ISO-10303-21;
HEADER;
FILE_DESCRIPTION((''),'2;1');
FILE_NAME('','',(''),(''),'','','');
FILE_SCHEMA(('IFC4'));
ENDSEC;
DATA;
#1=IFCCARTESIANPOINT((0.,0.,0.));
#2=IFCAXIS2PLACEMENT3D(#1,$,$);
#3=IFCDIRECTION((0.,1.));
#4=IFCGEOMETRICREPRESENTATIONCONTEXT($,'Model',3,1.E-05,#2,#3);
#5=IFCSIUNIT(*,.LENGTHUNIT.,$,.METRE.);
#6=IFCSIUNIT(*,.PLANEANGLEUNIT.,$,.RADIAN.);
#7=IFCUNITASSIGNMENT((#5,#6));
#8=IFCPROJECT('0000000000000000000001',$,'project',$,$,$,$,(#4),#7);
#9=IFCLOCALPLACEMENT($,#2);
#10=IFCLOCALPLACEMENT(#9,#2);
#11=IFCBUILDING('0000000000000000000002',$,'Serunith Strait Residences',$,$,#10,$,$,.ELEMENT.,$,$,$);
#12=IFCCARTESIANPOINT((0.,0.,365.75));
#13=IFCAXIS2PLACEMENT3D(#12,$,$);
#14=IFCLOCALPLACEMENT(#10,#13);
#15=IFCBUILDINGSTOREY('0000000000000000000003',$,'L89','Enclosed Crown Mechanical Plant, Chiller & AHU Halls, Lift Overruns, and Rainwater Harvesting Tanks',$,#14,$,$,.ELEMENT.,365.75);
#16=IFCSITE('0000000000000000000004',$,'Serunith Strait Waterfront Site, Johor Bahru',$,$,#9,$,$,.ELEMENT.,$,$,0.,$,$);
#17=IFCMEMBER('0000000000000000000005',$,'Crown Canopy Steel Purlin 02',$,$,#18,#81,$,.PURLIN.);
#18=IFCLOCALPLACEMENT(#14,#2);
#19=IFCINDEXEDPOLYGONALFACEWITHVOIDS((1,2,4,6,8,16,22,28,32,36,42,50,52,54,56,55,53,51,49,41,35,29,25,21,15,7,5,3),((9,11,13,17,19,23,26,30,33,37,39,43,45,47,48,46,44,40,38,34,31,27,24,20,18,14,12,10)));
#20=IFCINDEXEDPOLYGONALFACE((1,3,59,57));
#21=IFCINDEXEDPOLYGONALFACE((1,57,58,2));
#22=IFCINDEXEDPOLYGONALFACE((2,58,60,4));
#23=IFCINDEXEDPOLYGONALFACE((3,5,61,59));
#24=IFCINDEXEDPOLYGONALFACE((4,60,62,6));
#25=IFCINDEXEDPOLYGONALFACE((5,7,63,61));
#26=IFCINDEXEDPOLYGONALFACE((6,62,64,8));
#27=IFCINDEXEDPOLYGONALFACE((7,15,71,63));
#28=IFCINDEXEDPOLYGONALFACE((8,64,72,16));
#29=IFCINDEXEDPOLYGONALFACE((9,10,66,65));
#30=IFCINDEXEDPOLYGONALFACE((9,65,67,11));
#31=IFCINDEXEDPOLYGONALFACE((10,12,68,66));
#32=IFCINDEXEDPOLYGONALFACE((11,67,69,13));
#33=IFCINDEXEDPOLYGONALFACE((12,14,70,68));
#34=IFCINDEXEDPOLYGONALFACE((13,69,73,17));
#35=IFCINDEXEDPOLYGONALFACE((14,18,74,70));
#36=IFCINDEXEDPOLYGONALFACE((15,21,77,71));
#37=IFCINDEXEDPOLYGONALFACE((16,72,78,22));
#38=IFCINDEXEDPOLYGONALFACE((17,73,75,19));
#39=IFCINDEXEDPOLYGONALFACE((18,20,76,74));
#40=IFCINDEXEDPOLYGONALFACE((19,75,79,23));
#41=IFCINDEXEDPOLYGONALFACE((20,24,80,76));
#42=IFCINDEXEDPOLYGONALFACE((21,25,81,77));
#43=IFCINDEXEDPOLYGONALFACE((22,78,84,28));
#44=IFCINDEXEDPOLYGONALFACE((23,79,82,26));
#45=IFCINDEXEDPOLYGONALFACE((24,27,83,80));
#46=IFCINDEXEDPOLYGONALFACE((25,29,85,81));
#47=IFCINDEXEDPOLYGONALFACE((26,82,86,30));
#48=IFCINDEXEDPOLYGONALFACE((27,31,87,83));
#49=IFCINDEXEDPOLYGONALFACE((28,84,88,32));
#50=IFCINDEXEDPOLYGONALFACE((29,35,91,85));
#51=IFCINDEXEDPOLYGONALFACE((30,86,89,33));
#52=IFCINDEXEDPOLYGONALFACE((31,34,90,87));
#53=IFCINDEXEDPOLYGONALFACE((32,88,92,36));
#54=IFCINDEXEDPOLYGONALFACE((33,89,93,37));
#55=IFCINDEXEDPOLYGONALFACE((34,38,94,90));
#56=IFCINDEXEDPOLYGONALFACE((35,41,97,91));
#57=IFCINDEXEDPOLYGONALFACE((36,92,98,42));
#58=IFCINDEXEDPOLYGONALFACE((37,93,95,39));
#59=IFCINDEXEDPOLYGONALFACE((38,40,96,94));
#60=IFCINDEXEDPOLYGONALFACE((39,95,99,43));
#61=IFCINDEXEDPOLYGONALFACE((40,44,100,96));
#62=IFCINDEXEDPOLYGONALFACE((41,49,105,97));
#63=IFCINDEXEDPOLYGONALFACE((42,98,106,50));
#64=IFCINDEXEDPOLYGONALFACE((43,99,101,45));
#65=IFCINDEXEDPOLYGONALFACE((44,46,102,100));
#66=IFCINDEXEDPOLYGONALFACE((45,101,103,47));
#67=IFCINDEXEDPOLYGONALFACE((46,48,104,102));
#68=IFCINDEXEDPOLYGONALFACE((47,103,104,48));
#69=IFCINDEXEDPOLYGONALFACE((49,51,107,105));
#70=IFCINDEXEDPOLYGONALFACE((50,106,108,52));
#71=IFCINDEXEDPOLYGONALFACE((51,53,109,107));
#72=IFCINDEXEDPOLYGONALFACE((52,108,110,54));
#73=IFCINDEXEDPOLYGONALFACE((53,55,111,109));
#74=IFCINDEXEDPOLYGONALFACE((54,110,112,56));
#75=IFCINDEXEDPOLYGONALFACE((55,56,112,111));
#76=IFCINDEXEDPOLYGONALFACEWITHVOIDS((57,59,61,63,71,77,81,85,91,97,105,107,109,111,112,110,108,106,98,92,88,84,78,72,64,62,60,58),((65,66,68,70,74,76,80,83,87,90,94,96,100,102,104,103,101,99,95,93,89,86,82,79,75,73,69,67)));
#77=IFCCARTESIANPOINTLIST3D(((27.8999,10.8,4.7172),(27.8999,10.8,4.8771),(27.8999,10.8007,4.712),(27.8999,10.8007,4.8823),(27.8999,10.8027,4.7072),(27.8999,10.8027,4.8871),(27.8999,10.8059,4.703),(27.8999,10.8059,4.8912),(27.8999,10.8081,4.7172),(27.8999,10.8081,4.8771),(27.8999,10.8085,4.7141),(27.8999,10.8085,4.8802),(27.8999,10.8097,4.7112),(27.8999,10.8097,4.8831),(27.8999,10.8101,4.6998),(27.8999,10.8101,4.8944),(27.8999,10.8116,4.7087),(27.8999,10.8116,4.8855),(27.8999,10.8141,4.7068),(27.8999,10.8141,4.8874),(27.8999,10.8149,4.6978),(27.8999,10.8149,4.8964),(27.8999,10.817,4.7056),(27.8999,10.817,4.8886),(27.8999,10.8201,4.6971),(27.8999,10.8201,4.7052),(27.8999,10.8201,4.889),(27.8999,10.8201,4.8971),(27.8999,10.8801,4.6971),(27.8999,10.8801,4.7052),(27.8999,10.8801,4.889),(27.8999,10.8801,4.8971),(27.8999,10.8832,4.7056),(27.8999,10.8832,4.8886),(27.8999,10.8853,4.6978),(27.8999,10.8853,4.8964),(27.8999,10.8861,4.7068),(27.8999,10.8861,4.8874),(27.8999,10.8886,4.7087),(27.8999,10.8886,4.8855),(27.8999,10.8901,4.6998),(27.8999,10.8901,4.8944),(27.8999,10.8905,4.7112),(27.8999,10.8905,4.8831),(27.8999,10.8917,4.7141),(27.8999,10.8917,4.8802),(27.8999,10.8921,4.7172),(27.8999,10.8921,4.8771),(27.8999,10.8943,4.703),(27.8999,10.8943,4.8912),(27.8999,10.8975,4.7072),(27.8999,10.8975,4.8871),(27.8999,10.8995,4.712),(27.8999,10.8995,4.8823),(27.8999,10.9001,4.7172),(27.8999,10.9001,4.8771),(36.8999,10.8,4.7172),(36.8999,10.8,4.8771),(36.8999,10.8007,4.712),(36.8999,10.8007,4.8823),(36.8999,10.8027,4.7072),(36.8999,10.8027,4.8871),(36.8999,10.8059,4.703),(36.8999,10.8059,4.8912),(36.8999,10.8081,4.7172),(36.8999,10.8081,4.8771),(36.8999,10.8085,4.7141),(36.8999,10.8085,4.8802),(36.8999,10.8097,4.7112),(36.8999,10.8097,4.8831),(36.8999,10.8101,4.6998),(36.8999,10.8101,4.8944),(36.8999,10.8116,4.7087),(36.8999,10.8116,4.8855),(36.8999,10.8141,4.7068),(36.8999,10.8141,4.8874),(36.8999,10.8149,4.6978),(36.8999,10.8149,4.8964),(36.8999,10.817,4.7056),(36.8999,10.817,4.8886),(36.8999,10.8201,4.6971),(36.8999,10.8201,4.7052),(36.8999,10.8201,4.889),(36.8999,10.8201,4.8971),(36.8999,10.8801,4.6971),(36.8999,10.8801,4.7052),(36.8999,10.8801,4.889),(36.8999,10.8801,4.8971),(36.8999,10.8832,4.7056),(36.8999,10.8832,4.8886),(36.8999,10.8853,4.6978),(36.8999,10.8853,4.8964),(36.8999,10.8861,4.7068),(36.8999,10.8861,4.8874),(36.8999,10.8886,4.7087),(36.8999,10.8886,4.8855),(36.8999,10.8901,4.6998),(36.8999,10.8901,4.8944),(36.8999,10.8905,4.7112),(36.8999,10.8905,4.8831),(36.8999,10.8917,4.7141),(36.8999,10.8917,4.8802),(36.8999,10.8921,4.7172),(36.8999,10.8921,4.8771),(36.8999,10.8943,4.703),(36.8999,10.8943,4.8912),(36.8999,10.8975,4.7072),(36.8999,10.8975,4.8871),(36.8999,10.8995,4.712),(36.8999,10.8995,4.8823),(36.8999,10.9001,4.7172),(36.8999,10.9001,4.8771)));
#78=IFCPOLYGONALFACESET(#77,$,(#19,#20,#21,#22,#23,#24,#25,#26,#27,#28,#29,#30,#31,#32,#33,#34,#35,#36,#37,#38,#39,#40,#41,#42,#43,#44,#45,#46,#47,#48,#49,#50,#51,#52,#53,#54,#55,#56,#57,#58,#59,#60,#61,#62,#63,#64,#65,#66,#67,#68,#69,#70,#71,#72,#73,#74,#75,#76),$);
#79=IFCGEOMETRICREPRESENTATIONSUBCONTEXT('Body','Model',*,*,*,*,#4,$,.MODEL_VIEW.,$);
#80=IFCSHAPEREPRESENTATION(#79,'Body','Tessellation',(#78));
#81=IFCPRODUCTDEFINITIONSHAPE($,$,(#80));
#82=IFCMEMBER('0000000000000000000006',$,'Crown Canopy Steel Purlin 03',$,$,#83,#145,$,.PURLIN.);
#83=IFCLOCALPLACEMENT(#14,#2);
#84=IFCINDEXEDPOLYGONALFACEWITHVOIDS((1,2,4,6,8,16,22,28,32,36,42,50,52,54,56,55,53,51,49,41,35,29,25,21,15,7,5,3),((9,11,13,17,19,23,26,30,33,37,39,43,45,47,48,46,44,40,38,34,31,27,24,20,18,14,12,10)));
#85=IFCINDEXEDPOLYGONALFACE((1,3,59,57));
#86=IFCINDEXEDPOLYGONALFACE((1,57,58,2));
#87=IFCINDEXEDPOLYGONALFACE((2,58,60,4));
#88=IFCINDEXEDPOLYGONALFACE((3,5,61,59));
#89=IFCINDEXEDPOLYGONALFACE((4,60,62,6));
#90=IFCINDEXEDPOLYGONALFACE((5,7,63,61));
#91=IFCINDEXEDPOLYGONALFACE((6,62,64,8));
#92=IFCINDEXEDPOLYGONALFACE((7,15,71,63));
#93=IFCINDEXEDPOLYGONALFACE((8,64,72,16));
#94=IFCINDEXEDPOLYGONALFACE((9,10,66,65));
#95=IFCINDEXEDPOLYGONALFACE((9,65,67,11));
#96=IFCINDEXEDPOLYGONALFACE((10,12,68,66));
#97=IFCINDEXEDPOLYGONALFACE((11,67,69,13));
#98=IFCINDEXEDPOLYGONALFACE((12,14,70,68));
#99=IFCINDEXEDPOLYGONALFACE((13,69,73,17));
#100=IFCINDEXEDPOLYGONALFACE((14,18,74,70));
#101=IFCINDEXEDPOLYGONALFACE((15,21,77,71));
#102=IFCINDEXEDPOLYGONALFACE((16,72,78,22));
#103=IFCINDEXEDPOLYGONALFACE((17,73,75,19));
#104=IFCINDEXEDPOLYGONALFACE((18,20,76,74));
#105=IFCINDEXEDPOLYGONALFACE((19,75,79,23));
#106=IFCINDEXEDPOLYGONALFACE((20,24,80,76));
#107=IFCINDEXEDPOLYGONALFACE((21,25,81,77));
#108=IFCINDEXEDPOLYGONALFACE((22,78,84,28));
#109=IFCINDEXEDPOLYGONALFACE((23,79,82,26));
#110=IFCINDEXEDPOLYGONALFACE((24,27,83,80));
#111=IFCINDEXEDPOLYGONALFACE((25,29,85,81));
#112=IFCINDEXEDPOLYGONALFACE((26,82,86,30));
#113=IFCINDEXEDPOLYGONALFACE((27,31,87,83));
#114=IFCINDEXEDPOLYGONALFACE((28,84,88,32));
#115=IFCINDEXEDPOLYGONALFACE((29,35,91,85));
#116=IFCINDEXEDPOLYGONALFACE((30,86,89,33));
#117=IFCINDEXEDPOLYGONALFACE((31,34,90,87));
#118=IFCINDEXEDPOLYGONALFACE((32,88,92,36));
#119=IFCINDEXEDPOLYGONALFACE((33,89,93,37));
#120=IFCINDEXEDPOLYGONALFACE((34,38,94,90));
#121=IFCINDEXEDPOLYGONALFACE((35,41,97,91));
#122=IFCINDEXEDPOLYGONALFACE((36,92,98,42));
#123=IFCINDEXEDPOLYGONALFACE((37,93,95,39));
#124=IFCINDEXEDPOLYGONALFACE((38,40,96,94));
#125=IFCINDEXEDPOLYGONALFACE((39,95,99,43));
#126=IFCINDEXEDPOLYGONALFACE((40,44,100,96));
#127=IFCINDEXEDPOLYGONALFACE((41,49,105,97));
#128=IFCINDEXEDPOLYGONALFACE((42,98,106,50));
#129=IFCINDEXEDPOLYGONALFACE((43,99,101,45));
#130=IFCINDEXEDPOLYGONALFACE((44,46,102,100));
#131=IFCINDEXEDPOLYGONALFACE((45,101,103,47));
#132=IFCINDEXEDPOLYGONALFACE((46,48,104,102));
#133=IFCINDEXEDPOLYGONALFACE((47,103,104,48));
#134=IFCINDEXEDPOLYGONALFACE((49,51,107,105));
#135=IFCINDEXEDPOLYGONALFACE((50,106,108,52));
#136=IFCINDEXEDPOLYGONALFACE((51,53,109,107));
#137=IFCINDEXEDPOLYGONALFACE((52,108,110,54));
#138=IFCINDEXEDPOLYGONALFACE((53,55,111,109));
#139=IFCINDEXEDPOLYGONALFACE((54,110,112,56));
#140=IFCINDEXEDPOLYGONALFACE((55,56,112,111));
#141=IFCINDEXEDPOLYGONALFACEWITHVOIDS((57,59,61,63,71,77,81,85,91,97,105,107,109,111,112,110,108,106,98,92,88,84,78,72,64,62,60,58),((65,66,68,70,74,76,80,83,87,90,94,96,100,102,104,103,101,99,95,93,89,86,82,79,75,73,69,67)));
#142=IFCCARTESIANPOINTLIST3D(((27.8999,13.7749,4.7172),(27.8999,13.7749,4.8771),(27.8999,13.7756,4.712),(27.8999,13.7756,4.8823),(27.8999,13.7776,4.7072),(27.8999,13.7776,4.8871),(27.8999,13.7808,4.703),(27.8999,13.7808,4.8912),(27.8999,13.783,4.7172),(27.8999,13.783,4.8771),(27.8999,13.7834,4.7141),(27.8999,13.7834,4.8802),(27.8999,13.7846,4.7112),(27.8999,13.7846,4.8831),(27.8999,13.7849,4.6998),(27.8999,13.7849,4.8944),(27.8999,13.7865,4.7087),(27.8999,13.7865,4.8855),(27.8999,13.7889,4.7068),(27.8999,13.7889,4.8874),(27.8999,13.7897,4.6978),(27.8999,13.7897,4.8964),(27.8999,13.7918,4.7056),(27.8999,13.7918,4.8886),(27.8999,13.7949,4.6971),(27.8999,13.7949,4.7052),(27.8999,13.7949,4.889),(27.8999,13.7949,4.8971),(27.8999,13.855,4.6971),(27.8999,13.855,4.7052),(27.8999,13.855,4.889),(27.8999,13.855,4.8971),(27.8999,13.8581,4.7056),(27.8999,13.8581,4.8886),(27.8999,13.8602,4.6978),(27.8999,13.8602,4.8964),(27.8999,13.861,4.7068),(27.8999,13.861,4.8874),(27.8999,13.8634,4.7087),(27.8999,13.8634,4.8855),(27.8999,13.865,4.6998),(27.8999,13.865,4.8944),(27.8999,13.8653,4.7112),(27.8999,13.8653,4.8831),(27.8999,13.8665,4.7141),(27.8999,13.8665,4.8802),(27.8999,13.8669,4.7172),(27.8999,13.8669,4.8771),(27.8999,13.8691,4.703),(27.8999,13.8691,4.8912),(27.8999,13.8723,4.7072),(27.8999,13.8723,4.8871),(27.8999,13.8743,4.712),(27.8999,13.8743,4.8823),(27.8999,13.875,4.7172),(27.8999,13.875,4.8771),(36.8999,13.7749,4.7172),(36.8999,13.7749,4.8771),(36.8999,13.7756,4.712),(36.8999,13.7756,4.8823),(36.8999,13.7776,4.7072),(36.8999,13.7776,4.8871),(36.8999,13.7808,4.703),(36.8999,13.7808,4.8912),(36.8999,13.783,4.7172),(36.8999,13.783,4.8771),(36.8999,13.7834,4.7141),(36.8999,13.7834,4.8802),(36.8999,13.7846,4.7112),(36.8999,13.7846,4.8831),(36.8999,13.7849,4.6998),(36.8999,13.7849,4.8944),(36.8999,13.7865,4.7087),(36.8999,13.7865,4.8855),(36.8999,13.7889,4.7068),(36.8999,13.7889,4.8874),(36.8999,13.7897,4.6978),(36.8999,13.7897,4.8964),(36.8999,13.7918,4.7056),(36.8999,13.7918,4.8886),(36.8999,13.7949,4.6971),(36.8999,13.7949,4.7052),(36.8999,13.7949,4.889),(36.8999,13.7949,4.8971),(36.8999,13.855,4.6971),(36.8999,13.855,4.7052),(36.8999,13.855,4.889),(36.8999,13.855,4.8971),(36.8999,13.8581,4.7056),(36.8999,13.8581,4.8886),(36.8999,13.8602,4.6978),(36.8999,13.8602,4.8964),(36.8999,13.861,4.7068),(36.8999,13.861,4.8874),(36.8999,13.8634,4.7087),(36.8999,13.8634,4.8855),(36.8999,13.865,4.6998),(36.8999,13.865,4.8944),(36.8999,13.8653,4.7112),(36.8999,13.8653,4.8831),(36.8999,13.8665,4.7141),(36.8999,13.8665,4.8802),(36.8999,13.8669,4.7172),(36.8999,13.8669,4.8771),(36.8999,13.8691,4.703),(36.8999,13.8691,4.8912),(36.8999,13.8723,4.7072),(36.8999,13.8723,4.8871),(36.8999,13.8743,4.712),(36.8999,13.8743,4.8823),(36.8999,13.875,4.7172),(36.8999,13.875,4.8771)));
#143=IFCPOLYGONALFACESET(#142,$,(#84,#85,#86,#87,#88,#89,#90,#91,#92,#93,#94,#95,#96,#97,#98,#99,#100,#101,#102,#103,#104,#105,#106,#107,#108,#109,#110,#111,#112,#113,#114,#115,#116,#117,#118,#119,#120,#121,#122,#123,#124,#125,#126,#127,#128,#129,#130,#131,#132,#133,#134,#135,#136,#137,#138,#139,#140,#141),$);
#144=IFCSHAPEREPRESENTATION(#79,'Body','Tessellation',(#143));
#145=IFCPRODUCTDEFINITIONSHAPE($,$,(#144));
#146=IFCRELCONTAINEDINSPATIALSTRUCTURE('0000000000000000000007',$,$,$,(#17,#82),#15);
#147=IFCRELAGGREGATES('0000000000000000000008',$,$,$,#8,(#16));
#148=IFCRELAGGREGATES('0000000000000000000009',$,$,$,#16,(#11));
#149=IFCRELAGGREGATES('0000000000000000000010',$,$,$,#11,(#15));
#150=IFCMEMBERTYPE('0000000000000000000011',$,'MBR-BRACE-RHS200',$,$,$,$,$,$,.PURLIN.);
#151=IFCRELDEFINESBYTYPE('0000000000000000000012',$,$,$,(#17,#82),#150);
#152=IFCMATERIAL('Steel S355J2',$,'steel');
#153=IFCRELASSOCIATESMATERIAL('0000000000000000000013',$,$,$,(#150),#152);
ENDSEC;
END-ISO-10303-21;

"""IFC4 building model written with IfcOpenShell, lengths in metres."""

from ifc_helpers import new_model, si_unit, direction, frame, origin, origin_2d, place, context, subcontext, project, spatial, hollow_rectangle, extrude, source, transform, mapped, material, material_profile, profile_set, type_object, element, save


model = new_model("IFC4")

# Units and contexts
model_context = context("Model", 3, precision=1e-05, world=origin(), true_north=direction((0.0, 1.0)))
body_context = subcontext(model_context, "Body", "Model", "MODEL_VIEW")
ifc_project = project(units=[si_unit("LENGTHUNIT", "METRE"), si_unit("PLANEANGLEUNIT", "RADIAN")], contexts=[model_context])

# Site, building, storey
site_placement = place(None, origin())
site = spatial("IfcSite", under=ifc_project, at=site_placement, Name="Serunith Strait Waterfront Site, Johor Bahru", CompositionType="ELEMENT", RefElevation=0.0)
building_placement = place(site_placement, origin())
building = spatial("IfcBuilding", under=site, at=building_placement, Name="Serunith Strait Residences", CompositionType="ELEMENT")
storey_placement = place(building_placement, frame((0.0, 0.0, 365.75)))
storey = spatial("IfcBuildingStorey", under=building, at=storey_placement, Name="L89", Description="Enclosed Crown Mechanical Plant, Chiller & AHU Halls, Lift Overruns, and Rainwater Harvesting Tanks", CompositionType="ELEMENT", Elevation=365.75)

# Shared definitions
ifc_material_1 = material(Name="Steel S355J2", Category="steel")

# Members
ifc_material_profile_1 = material_profile(ifc_material_1, hollow_rectangle(XDim=0.1001, YDim=0.2, WallThickness=0.0081, InnerFilletRadius=0.012, OuterFilletRadius=0.02, at=origin_2d()), Name="RHS 200x100x8")
ifc_profile_set_1 = profile_set([ifc_material_profile_1], Name="Steel S355J2")
member_type_1 = type_object("IfcMemberType", Name="MBR-BRACE-RHS200", PredefinedType="PURLIN", material=ifc_profile_set_1)
shared_shape_1 = source(origin(), body_context, "Body", "SweptSolid", [
    extrude(hollow_rectangle(XDim=0.1001, YDim=0.2, WallThickness=0.0081, InnerFilletRadius=0.012, OuterFilletRadius=0.02, at=origin_2d()), origin(), (0.0, 0.0, 1.0), 9.0),
])
for number, where, z_axis, x_axis, name in (
    (1, (27.8999, 10.8501, 4.7971), (1.0, 0.0, 0.0), (0.0, 1.0, 0.0), "Crown Canopy Steel Purlin 02"),
    (2, (27.8999, 13.825, 4.7971), (1.0, 0.0, 0.0), (0.0, 1.0, 0.0), "Crown Canopy Steel Purlin 03"),
):
    element("IfcMember", number, at=place(storey_placement, frame(where, z_axis=z_axis, x_axis=x_axis)), inside=storey, type_object=member_type_1, Name=name, PredefinedType="PURLIN", context=body_context, shape_type="MappedRepresentation", body=[
        mapped(shared_shape_1, transform((0.0, 0.0, 0.0), scale=1.0)),
    ])

save(model, "model.ifc")
